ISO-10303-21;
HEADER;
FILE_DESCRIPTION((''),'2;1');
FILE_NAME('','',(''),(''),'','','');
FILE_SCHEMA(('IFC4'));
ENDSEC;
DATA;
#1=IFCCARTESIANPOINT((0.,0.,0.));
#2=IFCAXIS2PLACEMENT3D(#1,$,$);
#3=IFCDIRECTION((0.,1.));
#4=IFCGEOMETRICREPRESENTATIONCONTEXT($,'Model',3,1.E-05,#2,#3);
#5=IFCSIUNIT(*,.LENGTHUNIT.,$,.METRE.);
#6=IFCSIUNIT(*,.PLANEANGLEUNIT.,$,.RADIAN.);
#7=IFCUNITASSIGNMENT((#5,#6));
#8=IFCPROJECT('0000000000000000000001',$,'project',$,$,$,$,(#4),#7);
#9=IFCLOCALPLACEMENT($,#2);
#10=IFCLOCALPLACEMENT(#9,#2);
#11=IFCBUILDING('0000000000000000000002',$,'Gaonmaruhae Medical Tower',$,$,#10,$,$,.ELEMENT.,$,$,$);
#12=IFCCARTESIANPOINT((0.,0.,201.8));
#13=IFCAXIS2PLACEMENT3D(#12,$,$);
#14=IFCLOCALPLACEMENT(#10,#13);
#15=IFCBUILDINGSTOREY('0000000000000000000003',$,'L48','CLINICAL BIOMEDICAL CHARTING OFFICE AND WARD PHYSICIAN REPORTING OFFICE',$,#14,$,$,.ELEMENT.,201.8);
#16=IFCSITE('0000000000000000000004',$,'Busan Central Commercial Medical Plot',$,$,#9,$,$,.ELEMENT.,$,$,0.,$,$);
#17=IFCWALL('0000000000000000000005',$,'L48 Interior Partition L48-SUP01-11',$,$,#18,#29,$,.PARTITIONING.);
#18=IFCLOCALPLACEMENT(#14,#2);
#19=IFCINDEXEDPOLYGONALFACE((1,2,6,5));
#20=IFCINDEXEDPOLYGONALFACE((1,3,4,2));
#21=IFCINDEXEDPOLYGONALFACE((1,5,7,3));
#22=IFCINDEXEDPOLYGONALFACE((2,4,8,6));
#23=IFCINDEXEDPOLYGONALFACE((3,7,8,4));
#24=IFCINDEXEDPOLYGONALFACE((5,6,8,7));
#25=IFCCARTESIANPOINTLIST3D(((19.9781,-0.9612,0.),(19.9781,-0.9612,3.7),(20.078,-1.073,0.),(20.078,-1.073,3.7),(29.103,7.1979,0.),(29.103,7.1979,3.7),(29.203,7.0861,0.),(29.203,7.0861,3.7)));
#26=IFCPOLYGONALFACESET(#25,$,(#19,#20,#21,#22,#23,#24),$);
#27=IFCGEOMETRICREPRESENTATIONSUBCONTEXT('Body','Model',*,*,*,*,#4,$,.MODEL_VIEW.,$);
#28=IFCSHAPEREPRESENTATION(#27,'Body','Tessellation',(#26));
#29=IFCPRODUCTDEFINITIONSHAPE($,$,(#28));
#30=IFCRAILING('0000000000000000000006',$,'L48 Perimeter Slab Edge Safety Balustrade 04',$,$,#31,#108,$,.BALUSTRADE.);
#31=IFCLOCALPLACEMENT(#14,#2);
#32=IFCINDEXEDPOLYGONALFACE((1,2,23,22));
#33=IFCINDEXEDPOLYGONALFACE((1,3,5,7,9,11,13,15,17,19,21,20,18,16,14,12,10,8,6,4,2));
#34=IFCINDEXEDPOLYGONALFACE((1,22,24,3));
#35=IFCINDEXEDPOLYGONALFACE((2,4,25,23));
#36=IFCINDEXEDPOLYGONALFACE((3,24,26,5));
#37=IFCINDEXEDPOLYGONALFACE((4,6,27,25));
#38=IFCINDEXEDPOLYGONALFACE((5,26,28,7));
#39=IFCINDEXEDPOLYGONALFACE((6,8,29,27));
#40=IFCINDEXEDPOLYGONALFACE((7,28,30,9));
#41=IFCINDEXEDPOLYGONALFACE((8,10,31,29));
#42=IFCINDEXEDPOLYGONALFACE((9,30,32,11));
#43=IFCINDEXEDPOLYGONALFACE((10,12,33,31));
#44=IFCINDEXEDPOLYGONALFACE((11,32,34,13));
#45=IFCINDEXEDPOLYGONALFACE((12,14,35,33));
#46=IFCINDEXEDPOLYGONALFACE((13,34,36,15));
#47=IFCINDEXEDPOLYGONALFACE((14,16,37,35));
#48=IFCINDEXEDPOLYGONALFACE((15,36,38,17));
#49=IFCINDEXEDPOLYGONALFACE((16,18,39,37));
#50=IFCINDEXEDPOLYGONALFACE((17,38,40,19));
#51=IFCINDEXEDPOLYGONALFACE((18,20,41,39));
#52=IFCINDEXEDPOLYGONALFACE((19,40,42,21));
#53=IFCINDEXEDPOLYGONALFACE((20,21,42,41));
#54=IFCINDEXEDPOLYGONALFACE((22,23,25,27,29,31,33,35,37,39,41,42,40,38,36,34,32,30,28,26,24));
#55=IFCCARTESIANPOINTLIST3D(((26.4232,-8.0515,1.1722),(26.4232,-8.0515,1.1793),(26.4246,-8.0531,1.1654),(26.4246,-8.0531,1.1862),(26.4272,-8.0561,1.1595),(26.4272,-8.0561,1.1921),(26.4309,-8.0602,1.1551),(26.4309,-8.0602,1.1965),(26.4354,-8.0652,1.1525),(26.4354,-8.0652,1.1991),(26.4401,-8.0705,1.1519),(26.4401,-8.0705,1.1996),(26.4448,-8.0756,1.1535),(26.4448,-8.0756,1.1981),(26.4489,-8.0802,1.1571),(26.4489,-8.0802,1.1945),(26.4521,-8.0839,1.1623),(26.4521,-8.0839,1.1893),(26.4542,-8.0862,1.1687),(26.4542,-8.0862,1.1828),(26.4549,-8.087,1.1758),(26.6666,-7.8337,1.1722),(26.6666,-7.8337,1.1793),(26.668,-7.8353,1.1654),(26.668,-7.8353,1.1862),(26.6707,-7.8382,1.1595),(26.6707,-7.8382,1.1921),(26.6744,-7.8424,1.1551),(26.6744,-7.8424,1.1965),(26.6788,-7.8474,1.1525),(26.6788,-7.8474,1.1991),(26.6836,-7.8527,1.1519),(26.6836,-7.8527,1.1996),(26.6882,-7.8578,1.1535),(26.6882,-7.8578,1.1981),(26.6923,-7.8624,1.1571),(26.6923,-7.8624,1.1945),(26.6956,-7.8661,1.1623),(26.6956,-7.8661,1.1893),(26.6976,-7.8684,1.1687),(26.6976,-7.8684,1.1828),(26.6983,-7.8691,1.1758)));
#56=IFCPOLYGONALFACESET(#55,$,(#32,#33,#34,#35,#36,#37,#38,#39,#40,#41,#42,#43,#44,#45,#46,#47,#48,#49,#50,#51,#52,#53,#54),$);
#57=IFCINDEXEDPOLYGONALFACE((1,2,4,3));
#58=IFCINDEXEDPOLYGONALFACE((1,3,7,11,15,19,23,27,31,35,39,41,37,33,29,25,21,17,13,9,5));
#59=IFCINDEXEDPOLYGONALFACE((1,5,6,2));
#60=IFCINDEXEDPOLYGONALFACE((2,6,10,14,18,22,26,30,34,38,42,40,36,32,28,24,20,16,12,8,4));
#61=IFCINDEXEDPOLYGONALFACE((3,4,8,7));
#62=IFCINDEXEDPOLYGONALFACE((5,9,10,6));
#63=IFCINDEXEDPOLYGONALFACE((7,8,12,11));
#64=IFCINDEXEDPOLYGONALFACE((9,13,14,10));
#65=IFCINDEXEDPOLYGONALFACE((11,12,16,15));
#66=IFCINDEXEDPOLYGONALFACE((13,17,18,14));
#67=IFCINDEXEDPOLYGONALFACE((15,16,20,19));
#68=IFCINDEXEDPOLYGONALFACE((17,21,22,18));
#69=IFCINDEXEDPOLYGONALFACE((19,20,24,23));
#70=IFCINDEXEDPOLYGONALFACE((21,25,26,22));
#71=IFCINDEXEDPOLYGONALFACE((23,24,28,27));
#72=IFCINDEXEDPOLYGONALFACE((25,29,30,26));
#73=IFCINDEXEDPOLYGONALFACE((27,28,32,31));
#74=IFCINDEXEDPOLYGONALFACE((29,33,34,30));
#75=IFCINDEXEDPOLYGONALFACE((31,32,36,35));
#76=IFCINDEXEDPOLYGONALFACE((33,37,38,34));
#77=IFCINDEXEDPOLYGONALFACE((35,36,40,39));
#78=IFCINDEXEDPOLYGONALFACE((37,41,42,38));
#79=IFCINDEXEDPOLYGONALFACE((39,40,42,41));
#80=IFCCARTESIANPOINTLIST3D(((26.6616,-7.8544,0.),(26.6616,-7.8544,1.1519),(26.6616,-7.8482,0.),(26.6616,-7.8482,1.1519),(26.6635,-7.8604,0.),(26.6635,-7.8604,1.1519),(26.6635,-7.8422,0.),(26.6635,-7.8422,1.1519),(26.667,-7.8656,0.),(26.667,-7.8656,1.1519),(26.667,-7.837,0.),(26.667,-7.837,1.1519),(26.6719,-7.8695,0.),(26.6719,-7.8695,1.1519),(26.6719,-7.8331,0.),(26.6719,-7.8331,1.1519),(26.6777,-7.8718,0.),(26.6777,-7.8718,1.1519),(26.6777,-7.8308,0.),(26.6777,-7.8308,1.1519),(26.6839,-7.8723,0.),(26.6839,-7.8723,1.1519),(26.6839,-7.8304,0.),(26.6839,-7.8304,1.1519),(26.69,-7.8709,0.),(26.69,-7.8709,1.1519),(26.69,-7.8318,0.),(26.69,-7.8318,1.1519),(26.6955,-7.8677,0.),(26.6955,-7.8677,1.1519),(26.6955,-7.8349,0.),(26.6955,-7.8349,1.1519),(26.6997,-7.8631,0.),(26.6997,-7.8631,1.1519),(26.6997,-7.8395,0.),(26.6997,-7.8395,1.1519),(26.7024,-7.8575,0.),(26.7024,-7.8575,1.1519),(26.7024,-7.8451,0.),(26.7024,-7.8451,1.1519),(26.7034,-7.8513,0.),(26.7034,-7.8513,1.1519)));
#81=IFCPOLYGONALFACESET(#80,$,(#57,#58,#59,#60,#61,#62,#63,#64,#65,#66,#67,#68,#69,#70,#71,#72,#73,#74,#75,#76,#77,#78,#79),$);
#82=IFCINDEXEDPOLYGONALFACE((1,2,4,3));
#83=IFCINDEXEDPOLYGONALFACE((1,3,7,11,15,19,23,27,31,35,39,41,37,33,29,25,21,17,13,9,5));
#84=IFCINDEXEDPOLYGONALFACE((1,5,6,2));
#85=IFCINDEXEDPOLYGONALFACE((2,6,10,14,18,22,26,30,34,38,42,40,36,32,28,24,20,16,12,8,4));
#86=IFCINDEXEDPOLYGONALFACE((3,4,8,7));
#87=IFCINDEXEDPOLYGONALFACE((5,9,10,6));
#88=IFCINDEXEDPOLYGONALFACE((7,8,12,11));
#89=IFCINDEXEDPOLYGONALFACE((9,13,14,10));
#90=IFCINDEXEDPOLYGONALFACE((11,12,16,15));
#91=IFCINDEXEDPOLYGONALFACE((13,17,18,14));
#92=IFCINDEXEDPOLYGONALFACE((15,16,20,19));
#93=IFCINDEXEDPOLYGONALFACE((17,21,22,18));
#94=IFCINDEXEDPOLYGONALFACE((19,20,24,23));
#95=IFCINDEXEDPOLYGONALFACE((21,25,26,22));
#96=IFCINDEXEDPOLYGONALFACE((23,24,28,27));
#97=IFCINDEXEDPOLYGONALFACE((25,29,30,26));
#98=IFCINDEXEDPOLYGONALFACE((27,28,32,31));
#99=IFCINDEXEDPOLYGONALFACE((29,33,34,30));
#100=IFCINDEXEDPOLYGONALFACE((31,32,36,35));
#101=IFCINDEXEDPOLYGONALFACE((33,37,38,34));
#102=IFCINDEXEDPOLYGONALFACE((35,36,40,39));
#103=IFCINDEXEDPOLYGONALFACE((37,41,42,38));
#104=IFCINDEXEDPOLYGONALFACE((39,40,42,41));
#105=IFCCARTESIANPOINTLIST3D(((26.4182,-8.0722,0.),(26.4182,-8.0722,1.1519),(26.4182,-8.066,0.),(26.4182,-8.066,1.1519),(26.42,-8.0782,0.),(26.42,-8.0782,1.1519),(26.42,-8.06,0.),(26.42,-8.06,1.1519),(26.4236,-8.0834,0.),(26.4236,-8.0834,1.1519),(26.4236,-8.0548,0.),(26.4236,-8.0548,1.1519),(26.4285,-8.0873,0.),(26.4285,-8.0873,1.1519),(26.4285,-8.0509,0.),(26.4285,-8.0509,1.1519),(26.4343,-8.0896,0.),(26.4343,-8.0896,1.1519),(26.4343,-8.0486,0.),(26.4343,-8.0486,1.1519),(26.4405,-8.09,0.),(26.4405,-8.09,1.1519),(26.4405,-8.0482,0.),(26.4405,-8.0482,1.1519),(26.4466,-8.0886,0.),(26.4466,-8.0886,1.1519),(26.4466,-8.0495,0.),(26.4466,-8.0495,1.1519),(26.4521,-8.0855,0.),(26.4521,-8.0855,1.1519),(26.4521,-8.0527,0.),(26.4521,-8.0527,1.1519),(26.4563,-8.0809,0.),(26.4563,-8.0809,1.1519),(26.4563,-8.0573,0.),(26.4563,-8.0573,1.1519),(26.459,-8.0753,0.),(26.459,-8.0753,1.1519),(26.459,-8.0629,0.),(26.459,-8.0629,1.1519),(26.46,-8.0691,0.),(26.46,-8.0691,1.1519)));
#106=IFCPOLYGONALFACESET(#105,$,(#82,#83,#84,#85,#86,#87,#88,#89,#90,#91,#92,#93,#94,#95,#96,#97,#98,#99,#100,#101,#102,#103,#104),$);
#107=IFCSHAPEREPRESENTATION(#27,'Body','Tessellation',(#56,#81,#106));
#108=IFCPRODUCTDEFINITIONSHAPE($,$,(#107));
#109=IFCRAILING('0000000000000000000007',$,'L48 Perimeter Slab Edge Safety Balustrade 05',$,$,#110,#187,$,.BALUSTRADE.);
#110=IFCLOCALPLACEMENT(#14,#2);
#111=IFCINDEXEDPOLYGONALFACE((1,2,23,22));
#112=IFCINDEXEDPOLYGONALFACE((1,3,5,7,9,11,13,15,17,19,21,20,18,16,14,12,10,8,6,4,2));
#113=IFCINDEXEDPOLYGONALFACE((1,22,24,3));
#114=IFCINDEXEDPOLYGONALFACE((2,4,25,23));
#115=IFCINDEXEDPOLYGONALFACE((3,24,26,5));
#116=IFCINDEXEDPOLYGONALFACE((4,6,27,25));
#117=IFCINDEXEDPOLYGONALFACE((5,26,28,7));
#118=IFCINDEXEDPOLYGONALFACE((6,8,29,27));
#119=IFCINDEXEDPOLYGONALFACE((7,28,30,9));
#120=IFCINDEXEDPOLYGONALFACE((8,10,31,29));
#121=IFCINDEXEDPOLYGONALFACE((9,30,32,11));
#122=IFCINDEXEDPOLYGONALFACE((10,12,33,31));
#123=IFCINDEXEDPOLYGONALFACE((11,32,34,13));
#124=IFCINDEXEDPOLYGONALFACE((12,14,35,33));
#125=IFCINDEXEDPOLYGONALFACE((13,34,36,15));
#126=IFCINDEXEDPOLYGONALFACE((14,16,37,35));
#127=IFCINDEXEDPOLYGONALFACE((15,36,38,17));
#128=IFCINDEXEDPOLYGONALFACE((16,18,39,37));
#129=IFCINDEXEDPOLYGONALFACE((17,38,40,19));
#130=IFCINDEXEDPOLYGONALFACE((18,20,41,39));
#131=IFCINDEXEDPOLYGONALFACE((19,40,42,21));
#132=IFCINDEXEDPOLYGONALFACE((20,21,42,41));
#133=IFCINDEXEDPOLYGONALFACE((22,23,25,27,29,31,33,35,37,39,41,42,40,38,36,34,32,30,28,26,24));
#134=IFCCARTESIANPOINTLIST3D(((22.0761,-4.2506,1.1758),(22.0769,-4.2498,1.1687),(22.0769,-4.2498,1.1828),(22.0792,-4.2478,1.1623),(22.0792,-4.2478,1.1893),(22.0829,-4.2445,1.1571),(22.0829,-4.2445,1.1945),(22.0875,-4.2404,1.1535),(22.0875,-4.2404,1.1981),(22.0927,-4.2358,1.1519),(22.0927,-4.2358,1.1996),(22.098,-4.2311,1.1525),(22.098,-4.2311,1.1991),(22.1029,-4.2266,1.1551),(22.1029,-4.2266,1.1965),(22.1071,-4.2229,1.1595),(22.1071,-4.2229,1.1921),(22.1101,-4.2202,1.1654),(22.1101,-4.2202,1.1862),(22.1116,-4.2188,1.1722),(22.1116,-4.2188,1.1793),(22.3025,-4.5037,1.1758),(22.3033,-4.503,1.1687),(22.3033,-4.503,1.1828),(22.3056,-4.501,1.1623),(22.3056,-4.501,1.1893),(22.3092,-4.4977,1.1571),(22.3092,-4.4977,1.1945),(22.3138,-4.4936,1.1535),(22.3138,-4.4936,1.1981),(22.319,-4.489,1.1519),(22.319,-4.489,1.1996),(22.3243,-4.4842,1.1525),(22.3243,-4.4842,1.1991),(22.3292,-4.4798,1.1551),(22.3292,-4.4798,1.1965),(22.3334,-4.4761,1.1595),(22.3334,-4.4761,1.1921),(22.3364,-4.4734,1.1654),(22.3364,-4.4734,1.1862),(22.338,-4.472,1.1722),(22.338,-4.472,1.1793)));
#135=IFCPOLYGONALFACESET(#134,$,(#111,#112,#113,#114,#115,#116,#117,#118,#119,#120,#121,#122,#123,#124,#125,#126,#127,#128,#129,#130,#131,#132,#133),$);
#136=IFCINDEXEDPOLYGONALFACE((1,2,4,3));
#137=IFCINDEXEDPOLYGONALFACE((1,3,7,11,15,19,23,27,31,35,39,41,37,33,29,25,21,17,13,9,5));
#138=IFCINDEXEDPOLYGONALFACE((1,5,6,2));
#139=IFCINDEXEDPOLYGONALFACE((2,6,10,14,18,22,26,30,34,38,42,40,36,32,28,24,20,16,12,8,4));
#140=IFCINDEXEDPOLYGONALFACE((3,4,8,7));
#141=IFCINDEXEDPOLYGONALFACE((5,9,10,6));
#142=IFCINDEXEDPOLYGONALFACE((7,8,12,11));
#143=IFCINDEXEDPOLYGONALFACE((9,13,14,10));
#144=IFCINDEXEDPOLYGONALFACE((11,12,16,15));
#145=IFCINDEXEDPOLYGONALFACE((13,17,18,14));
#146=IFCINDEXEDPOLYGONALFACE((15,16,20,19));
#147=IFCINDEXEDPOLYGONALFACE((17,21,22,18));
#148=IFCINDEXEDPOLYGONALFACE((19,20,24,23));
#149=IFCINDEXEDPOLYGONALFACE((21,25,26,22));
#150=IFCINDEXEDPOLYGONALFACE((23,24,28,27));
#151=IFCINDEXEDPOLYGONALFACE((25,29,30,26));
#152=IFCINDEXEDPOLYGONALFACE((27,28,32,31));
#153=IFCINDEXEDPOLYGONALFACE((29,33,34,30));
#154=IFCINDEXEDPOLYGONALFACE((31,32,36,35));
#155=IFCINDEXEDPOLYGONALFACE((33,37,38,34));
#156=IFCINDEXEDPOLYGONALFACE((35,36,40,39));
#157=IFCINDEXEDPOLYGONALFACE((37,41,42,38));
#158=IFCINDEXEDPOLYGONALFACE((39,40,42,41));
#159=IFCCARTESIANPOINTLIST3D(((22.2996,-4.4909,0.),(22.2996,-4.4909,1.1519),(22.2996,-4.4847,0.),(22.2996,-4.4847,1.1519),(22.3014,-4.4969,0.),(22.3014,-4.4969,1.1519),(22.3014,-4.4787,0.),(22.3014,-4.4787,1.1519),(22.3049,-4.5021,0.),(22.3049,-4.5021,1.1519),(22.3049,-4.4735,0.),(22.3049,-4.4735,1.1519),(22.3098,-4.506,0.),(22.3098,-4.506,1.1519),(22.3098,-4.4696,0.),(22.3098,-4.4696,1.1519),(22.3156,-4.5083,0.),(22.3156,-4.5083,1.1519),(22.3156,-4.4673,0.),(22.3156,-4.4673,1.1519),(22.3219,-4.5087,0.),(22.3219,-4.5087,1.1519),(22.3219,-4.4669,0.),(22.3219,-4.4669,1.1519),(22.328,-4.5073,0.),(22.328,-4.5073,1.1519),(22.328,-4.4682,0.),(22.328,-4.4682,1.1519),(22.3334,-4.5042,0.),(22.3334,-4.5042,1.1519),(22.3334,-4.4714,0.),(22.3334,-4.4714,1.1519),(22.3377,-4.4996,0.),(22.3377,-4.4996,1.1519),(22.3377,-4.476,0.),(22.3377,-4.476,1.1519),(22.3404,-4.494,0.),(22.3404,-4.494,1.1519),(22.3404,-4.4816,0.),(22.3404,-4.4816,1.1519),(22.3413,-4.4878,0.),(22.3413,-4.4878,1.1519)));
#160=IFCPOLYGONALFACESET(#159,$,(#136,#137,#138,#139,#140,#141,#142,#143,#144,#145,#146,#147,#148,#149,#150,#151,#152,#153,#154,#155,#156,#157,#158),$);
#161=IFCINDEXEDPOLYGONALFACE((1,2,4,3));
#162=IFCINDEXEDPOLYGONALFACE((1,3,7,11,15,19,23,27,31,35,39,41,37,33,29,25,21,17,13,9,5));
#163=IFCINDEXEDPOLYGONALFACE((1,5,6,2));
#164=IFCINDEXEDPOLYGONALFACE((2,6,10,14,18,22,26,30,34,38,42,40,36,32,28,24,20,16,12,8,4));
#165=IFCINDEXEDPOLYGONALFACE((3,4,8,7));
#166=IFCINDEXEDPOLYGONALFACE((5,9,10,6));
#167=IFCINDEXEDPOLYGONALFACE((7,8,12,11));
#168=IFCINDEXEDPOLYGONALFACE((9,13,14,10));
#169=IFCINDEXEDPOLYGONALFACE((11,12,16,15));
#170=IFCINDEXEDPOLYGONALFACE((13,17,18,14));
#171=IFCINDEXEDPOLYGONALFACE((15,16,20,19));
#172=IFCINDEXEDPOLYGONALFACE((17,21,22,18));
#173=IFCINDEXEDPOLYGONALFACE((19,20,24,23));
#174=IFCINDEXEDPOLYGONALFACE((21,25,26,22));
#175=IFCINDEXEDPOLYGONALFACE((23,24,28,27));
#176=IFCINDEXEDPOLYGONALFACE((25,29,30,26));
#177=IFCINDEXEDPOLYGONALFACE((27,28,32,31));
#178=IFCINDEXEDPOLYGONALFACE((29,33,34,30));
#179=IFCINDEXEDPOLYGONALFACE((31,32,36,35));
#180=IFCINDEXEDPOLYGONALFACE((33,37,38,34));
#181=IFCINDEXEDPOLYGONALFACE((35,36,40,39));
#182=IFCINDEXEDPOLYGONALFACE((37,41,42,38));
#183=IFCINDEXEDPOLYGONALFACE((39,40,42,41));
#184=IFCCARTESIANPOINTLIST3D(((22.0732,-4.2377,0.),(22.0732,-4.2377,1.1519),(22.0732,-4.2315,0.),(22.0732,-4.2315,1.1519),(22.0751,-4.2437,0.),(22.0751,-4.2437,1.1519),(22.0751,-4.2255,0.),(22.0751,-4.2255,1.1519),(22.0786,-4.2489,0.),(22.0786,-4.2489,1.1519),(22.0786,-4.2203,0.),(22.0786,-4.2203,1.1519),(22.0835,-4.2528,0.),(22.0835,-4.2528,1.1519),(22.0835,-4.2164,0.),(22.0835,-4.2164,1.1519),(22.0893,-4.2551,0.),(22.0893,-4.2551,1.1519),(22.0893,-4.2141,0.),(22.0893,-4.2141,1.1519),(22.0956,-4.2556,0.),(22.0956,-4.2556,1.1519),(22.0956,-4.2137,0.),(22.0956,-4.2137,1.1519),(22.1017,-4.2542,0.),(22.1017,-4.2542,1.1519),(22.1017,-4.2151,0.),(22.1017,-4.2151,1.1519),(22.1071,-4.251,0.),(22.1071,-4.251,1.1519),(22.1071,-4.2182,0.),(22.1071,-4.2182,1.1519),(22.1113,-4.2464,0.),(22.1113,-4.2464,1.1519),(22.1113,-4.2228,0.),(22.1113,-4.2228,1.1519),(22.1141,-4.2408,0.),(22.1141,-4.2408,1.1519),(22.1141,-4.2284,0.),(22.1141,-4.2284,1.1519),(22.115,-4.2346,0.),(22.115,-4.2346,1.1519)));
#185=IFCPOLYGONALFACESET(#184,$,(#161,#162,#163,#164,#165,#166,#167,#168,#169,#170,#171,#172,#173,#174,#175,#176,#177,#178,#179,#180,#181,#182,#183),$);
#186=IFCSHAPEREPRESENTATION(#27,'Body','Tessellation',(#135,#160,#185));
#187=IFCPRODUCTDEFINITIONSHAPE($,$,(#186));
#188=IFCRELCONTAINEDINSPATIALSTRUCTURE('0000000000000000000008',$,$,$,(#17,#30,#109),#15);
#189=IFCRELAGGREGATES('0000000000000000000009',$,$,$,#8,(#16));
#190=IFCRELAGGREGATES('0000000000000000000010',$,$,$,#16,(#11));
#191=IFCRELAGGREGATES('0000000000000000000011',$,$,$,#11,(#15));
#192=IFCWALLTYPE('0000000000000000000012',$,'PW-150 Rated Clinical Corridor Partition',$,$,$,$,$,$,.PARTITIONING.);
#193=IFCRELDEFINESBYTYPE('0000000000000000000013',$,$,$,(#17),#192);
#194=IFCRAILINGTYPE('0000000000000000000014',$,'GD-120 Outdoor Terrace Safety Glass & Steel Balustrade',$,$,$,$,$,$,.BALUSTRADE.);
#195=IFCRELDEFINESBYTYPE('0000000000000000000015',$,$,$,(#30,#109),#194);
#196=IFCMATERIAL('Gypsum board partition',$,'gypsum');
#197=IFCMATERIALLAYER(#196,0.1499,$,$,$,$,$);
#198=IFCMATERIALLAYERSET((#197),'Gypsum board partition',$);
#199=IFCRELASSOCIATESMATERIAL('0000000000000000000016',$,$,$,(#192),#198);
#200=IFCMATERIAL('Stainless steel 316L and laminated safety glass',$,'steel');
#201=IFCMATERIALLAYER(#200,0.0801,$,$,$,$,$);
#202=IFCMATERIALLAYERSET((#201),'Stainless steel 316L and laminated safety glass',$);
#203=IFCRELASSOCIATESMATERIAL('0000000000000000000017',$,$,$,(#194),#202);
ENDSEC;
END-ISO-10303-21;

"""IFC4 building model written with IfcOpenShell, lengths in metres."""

from ifc_helpers import new_model, si_unit, direction, frame, frame_2d, origin, origin_2d, place, context, subcontext, project, spatial, rectangle, circle, extrude, material, layer, layer_set, type_object, element, save


model = new_model("IFC4")

# Units and contexts
model_context = context("Model", 3, precision=1e-05, world=origin(), true_north=direction((0.0, 1.0)))
body_context = subcontext(model_context, "Body", "Model", "MODEL_VIEW")
ifc_project = project(units=[si_unit("LENGTHUNIT", "METRE"), si_unit("PLANEANGLEUNIT", "RADIAN")], contexts=[model_context])

# Site, building, storey
site_placement = place(None, origin())
site = spatial("IfcSite", under=ifc_project, at=site_placement, Name="Busan Central Commercial Medical Plot", CompositionType="ELEMENT", RefElevation=0.0)
building_placement = place(site_placement, origin())
building = spatial("IfcBuilding", under=site, at=building_placement, Name="Gaonmaruhae Medical Tower", CompositionType="ELEMENT")
storey_placement = place(building_placement, frame((0.0, 0.0, 201.8)))
storey = spatial("IfcBuildingStorey", under=building, at=storey_placement, Name="L48", Description="CLINICAL BIOMEDICAL CHARTING OFFICE AND WARD PHYSICIAN REPORTING OFFICE", CompositionType="ELEMENT", Elevation=201.8)

# Wall
ifc_material_1 = material(Name="Gypsum board partition", Category="gypsum")
ifc_layer_1 = layer(ifc_material_1, 0.1499)
ifc_layer_set_1 = layer_set([ifc_layer_1], Name="Gypsum board partition")
wall_type_1 = type_object("IfcWallType", Name="PW-150 Rated Clinical Corridor Partition", PredefinedType="PARTITIONING", material=ifc_layer_set_1)
wall_1_placement = place(storey_placement, frame((20.0281, -1.0171, 0.0), z_axis=(0.0, 0.0, 1.0), x_axis=(0.745456, 0.666555, 0.0)))
element("IfcWall", 1, at=wall_1_placement, inside=storey, type_object=wall_type_1, Name="L48 Interior Partition L48-SUP01-11", PredefinedType="PARTITIONING", context=body_context, shape_type="SweptSolid", body=[
    extrude(rectangle(XDim=12.2407, YDim=0.1499, at=frame_2d((6.1204, 0.0))), origin(), (0.0, 0.0, 1.0), 3.7),
])

# Railings
ifc_material_2 = material(Name="Stainless steel 316L and laminated safety glass", Category="steel")
ifc_layer_2 = layer(ifc_material_2, 0.0801)
ifc_layer_set_2 = layer_set([ifc_layer_2], Name="Stainless steel 316L and laminated safety glass")
railing_type = type_object("IfcRailingType", Name="GD-120 Outdoor Terrace Safety Glass & Steel Balustrade", PredefinedType="BALUSTRADE", material=ifc_layer_set_2)
railing_1_placement = place(storey_placement, frame((26.6824, -7.8513, 0.0)))
element("IfcRailing", 2, at=railing_1_placement, inside=storey, type_object=railing_type, Name="L48 Perimeter Slab Edge Safety Balustrade 04", PredefinedType="BALUSTRADE", context=body_context, shape_type="SweptSolid", body=[
    extrude(circle(Radius=0.0239, at=origin_2d()), frame((0.0, 0.0, 1.1758), z_axis=(-0.745261, -0.666773, 0.0), x_axis=(0.666773, -0.745261, 0.0)), (0.0, 0.0, 1.0), 0.3267),
    extrude(circle(Radius=0.021, at=origin_2d()), origin(), (0.0, 0.0, 1.0), 1.1519),
    extrude(circle(Radius=0.021, at=origin_2d()), frame((-0.2434, -0.2178, 0.0)), (0.0, 0.0, 1.0), 1.1519),
])
railing_2_placement = place(storey_placement, frame((22.3203, -4.4878, 0.0)))
element("IfcRailing", 3, at=railing_2_placement, inside=storey, type_object=railing_type, Name="L48 Perimeter Slab Edge Safety Balustrade 05", PredefinedType="BALUSTRADE", context=body_context, shape_type="SweptSolid", body=[
    extrude(circle(Radius=0.0239, at=origin_2d()), frame((0.0, 0.0, 1.1758), z_axis=(-0.666459, 0.745542, 0.0), x_axis=(-0.745542, -0.666459, 0.0)), (0.0, 0.0, 1.0), 0.3396),
    extrude(circle(Radius=0.021, at=origin_2d()), origin(), (0.0, 0.0, 1.0), 1.1519),
    extrude(circle(Radius=0.021, at=origin_2d()), frame((-0.2263, 0.2532, 0.0)), (0.0, 0.0, 1.0), 1.1519),
])

save(model, "model.ifc")
